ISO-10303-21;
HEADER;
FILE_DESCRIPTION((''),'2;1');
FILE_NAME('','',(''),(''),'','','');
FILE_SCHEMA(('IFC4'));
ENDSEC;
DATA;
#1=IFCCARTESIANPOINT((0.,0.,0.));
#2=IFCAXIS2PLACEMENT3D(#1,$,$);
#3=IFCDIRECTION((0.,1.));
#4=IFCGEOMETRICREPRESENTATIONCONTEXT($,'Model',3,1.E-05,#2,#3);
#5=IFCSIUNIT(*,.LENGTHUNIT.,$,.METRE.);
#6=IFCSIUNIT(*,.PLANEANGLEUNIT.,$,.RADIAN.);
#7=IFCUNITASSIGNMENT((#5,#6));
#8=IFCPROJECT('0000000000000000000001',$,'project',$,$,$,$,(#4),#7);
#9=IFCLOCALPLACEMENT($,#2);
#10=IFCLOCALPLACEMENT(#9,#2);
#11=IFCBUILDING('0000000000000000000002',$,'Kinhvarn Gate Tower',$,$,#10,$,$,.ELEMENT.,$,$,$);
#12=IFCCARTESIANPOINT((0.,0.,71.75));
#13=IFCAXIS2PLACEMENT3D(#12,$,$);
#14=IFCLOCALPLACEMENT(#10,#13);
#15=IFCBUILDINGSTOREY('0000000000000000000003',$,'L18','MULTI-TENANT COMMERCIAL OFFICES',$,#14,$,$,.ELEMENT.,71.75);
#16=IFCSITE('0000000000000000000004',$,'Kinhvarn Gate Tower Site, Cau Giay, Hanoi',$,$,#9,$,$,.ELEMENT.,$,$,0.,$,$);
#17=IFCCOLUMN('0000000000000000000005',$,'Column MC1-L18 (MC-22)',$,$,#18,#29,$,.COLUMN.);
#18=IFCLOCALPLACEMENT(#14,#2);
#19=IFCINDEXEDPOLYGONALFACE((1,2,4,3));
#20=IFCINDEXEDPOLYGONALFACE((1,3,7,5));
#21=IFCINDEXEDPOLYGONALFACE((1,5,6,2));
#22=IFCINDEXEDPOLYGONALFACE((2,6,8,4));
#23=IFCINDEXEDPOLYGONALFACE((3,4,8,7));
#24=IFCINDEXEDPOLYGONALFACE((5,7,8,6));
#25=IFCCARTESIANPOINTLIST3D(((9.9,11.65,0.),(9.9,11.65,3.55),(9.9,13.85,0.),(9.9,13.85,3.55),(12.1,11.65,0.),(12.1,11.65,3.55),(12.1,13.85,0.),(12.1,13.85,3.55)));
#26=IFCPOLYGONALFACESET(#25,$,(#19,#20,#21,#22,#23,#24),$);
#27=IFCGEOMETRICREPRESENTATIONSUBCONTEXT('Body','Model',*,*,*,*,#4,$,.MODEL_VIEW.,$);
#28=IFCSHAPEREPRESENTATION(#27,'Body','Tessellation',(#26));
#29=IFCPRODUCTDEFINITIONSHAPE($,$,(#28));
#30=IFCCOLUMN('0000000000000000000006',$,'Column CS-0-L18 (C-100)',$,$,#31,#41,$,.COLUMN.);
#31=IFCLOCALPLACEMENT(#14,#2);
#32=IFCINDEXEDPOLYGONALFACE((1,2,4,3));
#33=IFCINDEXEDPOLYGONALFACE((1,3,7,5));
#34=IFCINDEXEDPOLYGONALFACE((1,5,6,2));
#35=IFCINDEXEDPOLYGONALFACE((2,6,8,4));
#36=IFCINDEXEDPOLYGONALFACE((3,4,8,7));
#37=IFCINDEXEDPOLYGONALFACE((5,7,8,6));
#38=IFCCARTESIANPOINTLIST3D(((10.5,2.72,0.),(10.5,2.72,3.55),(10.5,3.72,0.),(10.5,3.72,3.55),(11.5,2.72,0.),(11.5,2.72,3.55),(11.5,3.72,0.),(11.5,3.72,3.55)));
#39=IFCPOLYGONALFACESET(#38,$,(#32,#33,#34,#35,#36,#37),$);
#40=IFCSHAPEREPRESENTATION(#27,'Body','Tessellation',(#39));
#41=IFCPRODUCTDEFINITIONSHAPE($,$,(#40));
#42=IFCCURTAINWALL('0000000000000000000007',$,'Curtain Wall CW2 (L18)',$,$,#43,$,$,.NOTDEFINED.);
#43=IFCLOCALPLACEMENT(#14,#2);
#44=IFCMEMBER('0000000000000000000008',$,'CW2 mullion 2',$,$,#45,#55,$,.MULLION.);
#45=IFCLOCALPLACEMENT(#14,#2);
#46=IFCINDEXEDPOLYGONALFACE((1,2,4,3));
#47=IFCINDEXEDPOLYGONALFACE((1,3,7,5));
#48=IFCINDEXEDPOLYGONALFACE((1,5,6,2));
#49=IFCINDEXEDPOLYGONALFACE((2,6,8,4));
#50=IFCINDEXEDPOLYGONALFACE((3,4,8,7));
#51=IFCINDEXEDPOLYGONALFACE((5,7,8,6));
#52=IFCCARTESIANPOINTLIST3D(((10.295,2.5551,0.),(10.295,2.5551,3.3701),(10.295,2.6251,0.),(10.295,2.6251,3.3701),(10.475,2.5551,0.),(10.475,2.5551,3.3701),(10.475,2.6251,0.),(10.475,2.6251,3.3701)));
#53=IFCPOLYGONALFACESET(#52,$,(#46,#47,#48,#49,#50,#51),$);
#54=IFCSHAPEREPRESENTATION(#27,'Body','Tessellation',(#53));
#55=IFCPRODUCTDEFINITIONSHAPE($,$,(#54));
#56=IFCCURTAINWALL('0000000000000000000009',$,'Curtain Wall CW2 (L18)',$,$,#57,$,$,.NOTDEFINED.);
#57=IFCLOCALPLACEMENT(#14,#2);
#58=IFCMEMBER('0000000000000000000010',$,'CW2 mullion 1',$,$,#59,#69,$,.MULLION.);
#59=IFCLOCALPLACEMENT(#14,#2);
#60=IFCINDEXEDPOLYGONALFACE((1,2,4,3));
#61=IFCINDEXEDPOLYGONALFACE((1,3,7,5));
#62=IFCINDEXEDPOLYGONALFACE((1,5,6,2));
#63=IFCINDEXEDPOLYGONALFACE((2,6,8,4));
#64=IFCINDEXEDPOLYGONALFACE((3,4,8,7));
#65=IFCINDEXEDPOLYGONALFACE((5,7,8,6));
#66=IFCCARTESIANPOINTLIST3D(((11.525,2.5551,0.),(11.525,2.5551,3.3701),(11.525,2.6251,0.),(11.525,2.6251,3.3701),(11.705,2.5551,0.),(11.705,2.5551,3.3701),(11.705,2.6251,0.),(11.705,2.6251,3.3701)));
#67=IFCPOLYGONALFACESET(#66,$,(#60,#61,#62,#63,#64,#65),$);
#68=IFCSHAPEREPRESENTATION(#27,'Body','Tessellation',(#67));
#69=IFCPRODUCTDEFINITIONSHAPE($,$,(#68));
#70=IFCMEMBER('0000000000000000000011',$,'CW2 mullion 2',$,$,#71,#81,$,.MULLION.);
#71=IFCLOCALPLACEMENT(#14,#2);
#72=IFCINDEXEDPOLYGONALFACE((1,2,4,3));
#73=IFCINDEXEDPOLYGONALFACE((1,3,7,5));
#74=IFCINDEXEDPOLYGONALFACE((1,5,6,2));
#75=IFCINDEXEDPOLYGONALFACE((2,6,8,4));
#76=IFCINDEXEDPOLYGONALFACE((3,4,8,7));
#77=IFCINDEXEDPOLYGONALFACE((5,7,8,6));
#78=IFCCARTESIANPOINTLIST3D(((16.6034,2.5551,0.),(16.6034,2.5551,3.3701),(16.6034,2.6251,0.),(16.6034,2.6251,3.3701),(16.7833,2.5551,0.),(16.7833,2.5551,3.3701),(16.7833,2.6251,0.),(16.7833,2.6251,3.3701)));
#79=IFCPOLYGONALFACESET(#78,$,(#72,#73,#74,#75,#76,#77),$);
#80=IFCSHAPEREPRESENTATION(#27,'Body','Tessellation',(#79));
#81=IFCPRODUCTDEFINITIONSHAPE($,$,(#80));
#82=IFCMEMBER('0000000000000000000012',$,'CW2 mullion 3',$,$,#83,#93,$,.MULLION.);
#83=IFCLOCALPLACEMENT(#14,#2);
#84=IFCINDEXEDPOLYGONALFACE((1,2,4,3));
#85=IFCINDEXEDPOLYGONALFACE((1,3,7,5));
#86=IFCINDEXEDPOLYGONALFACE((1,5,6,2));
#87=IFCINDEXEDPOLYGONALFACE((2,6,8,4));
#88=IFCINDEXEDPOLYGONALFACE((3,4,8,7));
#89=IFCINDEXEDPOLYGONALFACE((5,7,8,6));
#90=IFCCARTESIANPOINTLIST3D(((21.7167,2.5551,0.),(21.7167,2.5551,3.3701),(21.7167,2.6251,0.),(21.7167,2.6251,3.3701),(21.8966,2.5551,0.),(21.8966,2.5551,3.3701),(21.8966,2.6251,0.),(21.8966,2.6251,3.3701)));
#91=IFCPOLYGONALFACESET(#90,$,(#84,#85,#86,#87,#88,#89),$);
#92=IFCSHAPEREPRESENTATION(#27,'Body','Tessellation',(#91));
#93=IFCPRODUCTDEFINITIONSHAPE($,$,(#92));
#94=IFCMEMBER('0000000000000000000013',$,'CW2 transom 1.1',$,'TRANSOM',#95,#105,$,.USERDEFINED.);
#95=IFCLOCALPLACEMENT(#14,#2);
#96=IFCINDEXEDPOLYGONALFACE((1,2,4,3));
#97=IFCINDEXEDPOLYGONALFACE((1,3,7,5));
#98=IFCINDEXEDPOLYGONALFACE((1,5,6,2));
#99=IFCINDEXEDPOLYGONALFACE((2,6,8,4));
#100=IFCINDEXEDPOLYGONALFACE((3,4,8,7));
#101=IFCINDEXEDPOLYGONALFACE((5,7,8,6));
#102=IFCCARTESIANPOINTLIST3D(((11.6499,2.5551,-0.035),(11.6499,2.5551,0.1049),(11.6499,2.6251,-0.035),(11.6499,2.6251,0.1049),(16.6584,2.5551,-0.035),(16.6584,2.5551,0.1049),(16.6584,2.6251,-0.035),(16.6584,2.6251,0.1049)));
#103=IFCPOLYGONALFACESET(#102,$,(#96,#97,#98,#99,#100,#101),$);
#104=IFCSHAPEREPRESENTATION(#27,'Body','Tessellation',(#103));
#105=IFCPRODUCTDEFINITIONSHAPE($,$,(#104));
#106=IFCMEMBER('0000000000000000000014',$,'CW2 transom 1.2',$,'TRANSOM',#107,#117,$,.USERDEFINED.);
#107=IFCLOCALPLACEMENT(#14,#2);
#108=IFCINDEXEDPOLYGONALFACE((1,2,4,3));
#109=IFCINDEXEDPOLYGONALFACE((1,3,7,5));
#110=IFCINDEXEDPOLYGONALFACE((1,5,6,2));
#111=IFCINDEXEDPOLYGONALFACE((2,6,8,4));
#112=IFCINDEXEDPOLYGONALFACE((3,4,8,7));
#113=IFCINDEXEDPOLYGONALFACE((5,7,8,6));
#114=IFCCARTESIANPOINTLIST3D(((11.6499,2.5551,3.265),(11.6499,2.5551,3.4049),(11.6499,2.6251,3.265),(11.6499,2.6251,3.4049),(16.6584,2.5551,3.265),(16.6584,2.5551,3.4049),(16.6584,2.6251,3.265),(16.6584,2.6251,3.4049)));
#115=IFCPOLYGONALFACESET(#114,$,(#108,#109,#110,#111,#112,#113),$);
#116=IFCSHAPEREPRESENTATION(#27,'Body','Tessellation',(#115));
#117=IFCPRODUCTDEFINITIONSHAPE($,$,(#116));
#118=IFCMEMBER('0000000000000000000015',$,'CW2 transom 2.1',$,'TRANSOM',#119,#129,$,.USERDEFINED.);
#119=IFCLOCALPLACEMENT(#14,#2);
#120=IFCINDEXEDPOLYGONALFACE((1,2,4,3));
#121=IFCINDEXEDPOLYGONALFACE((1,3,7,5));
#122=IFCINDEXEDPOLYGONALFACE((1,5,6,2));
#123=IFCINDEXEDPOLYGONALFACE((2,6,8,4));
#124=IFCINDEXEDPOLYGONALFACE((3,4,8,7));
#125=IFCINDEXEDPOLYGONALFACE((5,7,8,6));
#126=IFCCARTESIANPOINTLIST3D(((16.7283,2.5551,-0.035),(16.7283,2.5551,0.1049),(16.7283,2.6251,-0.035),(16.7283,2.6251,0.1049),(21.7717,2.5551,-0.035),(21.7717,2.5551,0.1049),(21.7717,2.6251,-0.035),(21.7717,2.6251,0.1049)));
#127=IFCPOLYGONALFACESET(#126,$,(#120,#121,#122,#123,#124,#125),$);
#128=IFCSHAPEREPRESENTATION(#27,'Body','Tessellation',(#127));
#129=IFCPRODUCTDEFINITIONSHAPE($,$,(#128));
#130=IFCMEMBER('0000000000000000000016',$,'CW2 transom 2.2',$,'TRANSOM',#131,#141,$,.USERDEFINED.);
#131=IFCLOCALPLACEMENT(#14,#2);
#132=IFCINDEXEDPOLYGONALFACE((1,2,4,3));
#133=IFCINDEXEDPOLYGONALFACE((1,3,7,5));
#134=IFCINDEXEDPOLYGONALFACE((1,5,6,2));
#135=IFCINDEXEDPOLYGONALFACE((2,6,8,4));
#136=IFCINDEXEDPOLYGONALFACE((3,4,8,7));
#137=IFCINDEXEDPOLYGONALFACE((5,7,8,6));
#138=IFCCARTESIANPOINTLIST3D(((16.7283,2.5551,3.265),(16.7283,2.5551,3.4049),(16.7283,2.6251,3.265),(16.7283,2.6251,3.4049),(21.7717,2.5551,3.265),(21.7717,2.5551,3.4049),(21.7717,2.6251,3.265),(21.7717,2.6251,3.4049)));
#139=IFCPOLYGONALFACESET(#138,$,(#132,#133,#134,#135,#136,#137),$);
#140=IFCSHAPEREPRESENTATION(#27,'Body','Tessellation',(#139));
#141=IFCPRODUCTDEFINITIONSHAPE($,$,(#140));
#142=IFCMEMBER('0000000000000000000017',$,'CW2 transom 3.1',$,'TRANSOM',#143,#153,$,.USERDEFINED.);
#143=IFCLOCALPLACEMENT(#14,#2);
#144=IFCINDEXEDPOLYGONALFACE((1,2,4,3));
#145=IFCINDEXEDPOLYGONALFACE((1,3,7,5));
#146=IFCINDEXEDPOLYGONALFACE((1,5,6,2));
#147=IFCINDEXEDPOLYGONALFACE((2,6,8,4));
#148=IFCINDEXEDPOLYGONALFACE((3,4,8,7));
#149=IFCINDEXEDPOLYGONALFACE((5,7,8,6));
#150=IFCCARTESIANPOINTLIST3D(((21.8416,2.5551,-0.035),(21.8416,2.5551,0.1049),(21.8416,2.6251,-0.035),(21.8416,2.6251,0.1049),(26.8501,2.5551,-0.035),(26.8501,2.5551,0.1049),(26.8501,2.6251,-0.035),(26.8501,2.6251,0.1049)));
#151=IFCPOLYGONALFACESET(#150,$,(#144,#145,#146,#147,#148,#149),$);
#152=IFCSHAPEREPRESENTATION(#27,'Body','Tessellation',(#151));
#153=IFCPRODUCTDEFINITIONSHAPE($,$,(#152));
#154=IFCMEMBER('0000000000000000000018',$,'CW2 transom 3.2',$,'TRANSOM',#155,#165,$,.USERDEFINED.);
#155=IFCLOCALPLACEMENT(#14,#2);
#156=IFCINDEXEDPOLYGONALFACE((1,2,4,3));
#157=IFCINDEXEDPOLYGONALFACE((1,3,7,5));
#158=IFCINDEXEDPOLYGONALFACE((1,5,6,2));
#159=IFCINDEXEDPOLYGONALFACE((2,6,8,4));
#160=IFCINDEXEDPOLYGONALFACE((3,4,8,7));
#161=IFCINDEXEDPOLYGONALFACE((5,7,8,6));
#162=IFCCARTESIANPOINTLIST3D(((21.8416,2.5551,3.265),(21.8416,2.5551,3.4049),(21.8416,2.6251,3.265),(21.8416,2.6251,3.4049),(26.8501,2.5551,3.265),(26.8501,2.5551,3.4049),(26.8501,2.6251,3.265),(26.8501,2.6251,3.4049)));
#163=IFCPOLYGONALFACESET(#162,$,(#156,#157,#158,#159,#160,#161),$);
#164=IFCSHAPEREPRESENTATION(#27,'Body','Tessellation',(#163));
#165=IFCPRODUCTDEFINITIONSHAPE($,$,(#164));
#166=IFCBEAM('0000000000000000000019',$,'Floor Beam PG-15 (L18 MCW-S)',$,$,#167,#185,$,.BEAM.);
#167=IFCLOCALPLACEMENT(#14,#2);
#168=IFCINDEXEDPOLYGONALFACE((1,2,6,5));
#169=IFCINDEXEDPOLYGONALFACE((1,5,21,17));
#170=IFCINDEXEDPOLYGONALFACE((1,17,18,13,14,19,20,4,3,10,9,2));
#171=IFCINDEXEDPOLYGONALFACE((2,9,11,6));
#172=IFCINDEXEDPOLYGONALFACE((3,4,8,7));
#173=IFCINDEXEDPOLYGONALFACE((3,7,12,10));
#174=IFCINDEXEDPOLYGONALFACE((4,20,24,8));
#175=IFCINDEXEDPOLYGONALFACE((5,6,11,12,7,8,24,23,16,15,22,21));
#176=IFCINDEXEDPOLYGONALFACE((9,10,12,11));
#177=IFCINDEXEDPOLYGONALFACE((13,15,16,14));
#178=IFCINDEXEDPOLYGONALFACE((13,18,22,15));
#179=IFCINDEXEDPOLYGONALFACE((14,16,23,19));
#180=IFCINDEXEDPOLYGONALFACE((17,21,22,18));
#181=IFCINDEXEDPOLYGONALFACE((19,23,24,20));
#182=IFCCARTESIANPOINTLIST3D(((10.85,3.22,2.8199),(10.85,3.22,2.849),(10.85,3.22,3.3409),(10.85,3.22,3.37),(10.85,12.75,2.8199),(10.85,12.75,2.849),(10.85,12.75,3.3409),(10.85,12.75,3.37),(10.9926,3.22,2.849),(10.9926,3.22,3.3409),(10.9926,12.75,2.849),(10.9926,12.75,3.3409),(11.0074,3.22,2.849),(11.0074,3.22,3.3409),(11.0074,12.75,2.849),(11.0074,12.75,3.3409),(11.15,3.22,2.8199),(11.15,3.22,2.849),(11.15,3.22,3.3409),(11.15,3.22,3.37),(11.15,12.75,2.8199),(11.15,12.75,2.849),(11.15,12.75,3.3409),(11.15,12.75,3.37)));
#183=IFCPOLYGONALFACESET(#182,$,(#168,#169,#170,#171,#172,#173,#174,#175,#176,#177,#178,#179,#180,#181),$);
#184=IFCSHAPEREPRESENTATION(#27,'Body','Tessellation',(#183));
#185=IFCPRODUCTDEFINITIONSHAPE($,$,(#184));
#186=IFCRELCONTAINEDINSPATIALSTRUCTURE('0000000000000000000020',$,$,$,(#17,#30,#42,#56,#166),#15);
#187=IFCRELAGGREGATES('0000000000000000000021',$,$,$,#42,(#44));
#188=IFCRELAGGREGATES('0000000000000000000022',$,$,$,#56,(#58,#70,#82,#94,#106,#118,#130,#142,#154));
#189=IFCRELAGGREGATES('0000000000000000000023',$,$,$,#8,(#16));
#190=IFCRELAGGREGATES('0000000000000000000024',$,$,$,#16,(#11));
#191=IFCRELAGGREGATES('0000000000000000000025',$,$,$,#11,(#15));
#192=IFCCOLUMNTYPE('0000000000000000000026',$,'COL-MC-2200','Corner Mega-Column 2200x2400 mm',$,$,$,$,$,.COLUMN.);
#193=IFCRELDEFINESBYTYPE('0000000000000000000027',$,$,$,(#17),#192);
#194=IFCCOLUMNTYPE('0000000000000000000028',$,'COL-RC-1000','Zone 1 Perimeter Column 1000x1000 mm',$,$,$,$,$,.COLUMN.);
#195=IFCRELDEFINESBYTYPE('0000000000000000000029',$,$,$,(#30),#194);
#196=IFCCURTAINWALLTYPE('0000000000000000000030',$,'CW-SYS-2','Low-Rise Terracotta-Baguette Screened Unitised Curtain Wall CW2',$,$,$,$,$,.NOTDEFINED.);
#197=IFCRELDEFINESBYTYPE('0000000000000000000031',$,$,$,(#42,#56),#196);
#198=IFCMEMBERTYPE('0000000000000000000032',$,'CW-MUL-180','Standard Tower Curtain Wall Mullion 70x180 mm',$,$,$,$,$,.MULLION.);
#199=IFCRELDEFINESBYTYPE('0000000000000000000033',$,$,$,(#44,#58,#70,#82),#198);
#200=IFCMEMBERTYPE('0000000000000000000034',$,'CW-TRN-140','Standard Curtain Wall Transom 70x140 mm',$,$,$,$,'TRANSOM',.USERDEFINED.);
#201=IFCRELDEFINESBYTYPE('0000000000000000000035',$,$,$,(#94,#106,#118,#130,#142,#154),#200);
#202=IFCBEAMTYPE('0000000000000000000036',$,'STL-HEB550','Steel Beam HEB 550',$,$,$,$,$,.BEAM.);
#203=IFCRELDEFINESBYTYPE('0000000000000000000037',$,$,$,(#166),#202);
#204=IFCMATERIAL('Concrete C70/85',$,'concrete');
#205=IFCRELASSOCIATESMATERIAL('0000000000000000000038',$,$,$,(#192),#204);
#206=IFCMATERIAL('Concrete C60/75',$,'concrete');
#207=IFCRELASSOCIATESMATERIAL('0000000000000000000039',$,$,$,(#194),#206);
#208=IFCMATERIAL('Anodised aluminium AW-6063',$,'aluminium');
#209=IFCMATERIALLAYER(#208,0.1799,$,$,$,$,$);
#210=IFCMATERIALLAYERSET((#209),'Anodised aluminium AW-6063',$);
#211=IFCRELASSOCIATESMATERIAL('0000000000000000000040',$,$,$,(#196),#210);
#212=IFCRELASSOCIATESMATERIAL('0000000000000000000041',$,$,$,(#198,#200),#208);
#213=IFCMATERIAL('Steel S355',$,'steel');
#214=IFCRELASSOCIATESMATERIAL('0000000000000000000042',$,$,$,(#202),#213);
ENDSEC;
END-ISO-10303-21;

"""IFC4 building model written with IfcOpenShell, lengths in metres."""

from ifc_helpers import new_model, si_unit, direction, frame, origin, origin_2d, place, context, subcontext, project, spatial, rectangle, i_section, extrude, material, layer, layer_set, material_profile, profile_set, type_object, element, aggregate, save


model = new_model("IFC4")

# Units and contexts
model_context = context("Model", 3, precision=1e-05, world=origin(), true_north=direction((0.0, 1.0)))
body_context = subcontext(model_context, "Body", "Model", "MODEL_VIEW")
ifc_project = project(units=[si_unit("LENGTHUNIT", "METRE"), si_unit("PLANEANGLEUNIT", "RADIAN")], contexts=[model_context])

# Site, building, storey
site_placement = place(None, origin())
site = spatial("IfcSite", under=ifc_project, at=site_placement, Name="Kinhvarn Gate Tower Site, Cau Giay, Hanoi", CompositionType="ELEMENT", RefElevation=0.0)
building_placement = place(site_placement, origin())
building = spatial("IfcBuilding", under=site, at=building_placement, Name="Kinhvarn Gate Tower", CompositionType="ELEMENT")
storey_placement = place(building_placement, frame((0.0, 0.0, 71.75)))
storey = spatial("IfcBuildingStorey", under=building, at=storey_placement, Name="L18", Description="MULTI-TENANT COMMERCIAL OFFICES", CompositionType="ELEMENT", Elevation=71.75)

# Columns
ifc_material_1 = material(Name="Concrete C70/85", Category="concrete")
ifc_material_profile_1 = material_profile(ifc_material_1, rectangle(XDim=2.2, YDim=2.2, at=origin_2d()), Name="RC 2200x2200")
ifc_profile_set_1 = profile_set([ifc_material_profile_1], Name="Concrete C70/85")
column_type_1 = type_object("IfcColumnType", Name="COL-MC-2200", Description="Corner Mega-Column 2200x2400 mm", PredefinedType="COLUMN", material=ifc_profile_set_1)
column_1_placement = place(storey_placement, frame((11.0, 12.75, 0.0), z_axis=(0.0, 0.0, 1.0), x_axis=(1.0, 0.0, 0.0)))
element("IfcColumn", 1, at=column_1_placement, inside=storey, type_object=column_type_1, Name="Column MC1-L18 (MC-22)", PredefinedType="COLUMN", context=body_context, shape_type="SweptSolid", body=[
    extrude(rectangle(XDim=2.2, YDim=2.2, at=origin_2d()), origin(), (0.0, 0.0, 1.0), 3.55),
])
ifc_material_2 = material(Name="Concrete C60/75", Category="concrete")
ifc_material_profile_2 = material_profile(ifc_material_2, rectangle(XDim=1.0, YDim=1.0, at=origin_2d()), Name="RC 1000x1000")
ifc_profile_set_2 = profile_set([ifc_material_profile_2], Name="Concrete C60/75")
column_type_2 = type_object("IfcColumnType", Name="COL-RC-1000", Description="Zone 1 Perimeter Column 1000x1000 mm", PredefinedType="COLUMN", material=ifc_profile_set_2)
column_2_placement = place(storey_placement, frame((11.0, 3.22, 0.0), z_axis=(0.0, 0.0, 1.0), x_axis=(1.0, 0.0, 0.0)))
element("IfcColumn", 2, at=column_2_placement, inside=storey, type_object=column_type_2, Name="Column CS-0-L18 (C-100)", PredefinedType="COLUMN", context=body_context, shape_type="SweptSolid", body=[
    extrude(rectangle(XDim=1.0, YDim=1.0, at=origin_2d()), origin(), (0.0, 0.0, 1.0), 3.55),
])

# Curtain wall, member
ifc_material_3 = material(Name="Anodised aluminium AW-6063", Category="aluminium")
ifc_layer_1 = layer(ifc_material_3, 0.1799)
ifc_layer_set_1 = layer_set([ifc_layer_1], Name="Anodised aluminium AW-6063")
curtain_wall_type = type_object("IfcCurtainWallType", Name="CW-SYS-2", Description="Low-Rise Terracotta-Baguette Screened Unitised Curtain Wall CW2", PredefinedType="NOTDEFINED", material=ifc_layer_set_1)
curtain_wall_1_placement = place(storey_placement, origin())
curtain_wall_1 = element("IfcCurtainWall", 3, at=curtain_wall_1_placement, inside=storey, type_object=curtain_wall_type, Name="Curtain Wall CW2 (L18)", PredefinedType="NOTDEFINED")
ifc_material_profile_3 = material_profile(ifc_material_3, rectangle(XDim=0.0701, YDim=0.1799, at=origin_2d()), Name="ALU 70x180")
ifc_profile_set_3 = profile_set([ifc_material_profile_3], Name="Anodised aluminium AW-6063")
member_type_1 = type_object("IfcMemberType", Name="CW-MUL-180", Description="Standard Tower Curtain Wall Mullion 70x180 mm", PredefinedType="MULLION", material=ifc_profile_set_3)
member_1_placement = place(storey_placement, frame((10.385, 2.5901, 0.0), z_axis=(0.0, 0.0, 1.0), x_axis=(0.0, 1.0, 0.0)))
member_1 = element("IfcMember", 4, at=member_1_placement, type_object=member_type_1, Name="CW2 mullion 2", PredefinedType="MULLION", context=body_context, shape_type="SweptSolid", body=[
    extrude(rectangle(XDim=0.0701, YDim=0.1799, at=origin_2d()), origin(), (0.0, 0.0, 1.0), 3.3701),
])
aggregate(curtain_wall_1, [member_1])

# Curtain wall, members
curtain_wall_2_placement = place(storey_placement, origin())
curtain_wall_2 = element("IfcCurtainWall", 5, at=curtain_wall_2_placement, inside=storey, type_object=curtain_wall_type, Name="Curtain Wall CW2 (L18)", PredefinedType="NOTDEFINED")
member_2_placement = place(storey_placement, frame((11.615, 2.5901, 0.0), z_axis=(0.0, 0.0, 1.0), x_axis=(0.0, 1.0, 0.0)))
member_2 = element("IfcMember", 6, at=member_2_placement, type_object=member_type_1, Name="CW2 mullion 1", PredefinedType="MULLION", context=body_context, shape_type="SweptSolid", body=[
    extrude(rectangle(XDim=0.0701, YDim=0.1799, at=origin_2d()), origin(), (0.0, 0.0, 1.0), 3.3701),
])
member_3_placement = place(storey_placement, frame((16.6934, 2.5901, 0.0), z_axis=(0.0, 0.0, 1.0), x_axis=(0.0, 1.0, 0.0)))
member_3 = element("IfcMember", 7, at=member_3_placement, type_object=member_type_1, Name="CW2 mullion 2", PredefinedType="MULLION", context=body_context, shape_type="SweptSolid", body=[
    extrude(rectangle(XDim=0.0701, YDim=0.1799, at=origin_2d()), origin(), (0.0, 0.0, 1.0), 3.3701),
])
member_4_placement = place(storey_placement, frame((21.8066, 2.5901, 0.0), z_axis=(0.0, 0.0, 1.0), x_axis=(0.0, 1.0, 0.0)))
member_4 = element("IfcMember", 8, at=member_4_placement, type_object=member_type_1, Name="CW2 mullion 3", PredefinedType="MULLION", context=body_context, shape_type="SweptSolid", body=[
    extrude(rectangle(XDim=0.0701, YDim=0.1799, at=origin_2d()), origin(), (0.0, 0.0, 1.0), 3.3701),
])
ifc_material_profile_4 = material_profile(ifc_material_3, rectangle(XDim=0.0701, YDim=0.1399, at=origin_2d()), Name="ALU 70x140")
ifc_profile_set_4 = profile_set([ifc_material_profile_4], Name="Anodised aluminium AW-6063")
member_type_2 = type_object("IfcMemberType", Name="CW-TRN-140", Description="Standard Curtain Wall Transom 70x140 mm", ElementType="TRANSOM", PredefinedType="USERDEFINED", material=ifc_profile_set_4)
member_5_placement = place(storey_placement, frame((11.6499, 2.5901, 0.0349), z_axis=(1.0, 0.0, 0.0), x_axis=(0.0, 1.0, 0.0)))
member_5 = element("IfcMember", 9, at=member_5_placement, type_object=member_type_2, Name="CW2 transom 1.1", ObjectType="TRANSOM", PredefinedType="USERDEFINED", context=body_context, shape_type="SweptSolid", body=[
    extrude(rectangle(XDim=0.0701, YDim=0.1399, at=origin_2d()), origin(), (0.0, 0.0, 1.0), 5.0085),
])
member_6_placement = place(storey_placement, frame((11.6499, 2.5901, 3.335), z_axis=(1.0, 0.0, 0.0), x_axis=(0.0, 1.0, 0.0)))
member_6 = element("IfcMember", 10, at=member_6_placement, type_object=member_type_2, Name="CW2 transom 1.2", ObjectType="TRANSOM", PredefinedType="USERDEFINED", context=body_context, shape_type="SweptSolid", body=[
    extrude(rectangle(XDim=0.0701, YDim=0.1399, at=origin_2d()), origin(), (0.0, 0.0, 1.0), 5.0085),
])
member_7_placement = place(storey_placement, frame((16.7283, 2.5901, 0.0349), z_axis=(1.0, 0.0, 0.0), x_axis=(0.0, 1.0, 0.0)))
member_7 = element("IfcMember", 11, at=member_7_placement, type_object=member_type_2, Name="CW2 transom 2.1", ObjectType="TRANSOM", PredefinedType="USERDEFINED", context=body_context, shape_type="SweptSolid", body=[
    extrude(rectangle(XDim=0.0701, YDim=0.1399, at=origin_2d()), origin(), (0.0, 0.0, 1.0), 5.0435),
])
member_8_placement = place(storey_placement, frame((16.7283, 2.5901, 3.335), z_axis=(1.0, 0.0, 0.0), x_axis=(0.0, 1.0, 0.0)))
member_8 = element("IfcMember", 12, at=member_8_placement, type_object=member_type_2, Name="CW2 transom 2.2", ObjectType="TRANSOM", PredefinedType="USERDEFINED", context=body_context, shape_type="SweptSolid", body=[
    extrude(rectangle(XDim=0.0701, YDim=0.1399, at=origin_2d()), origin(), (0.0, 0.0, 1.0), 5.0435),
])
member_9_placement = place(storey_placement, frame((21.8416, 2.5901, 0.0349), z_axis=(1.0, 0.0, 0.0), x_axis=(0.0, 1.0, 0.0)))
member_9 = element("IfcMember", 13, at=member_9_placement, type_object=member_type_2, Name="CW2 transom 3.1", ObjectType="TRANSOM", PredefinedType="USERDEFINED", context=body_context, shape_type="SweptSolid", body=[
    extrude(rectangle(XDim=0.0701, YDim=0.1399, at=origin_2d()), origin(), (0.0, 0.0, 1.0), 5.0085),
])
member_10_placement = place(storey_placement, frame((21.8416, 2.5901, 3.335), z_axis=(1.0, 0.0, 0.0), x_axis=(0.0, 1.0, 0.0)))
member_10 = element("IfcMember", 14, at=member_10_placement, type_object=member_type_2, Name="CW2 transom 3.2", ObjectType="TRANSOM", PredefinedType="USERDEFINED", context=body_context, shape_type="SweptSolid", body=[
    extrude(rectangle(XDim=0.0701, YDim=0.1399, at=origin_2d()), origin(), (0.0, 0.0, 1.0), 5.0085),
])

# Beam
ifc_material_4 = material(Name="Steel S355", Category="steel")
ifc_material_profile_5 = material_profile(ifc_material_4, i_section(OverallWidth=0.3, OverallDepth=0.55, WebThickness=0.0149, FlangeThickness=0.0291, at=origin_2d()), Name="HEB 550")
ifc_profile_set_5 = profile_set([ifc_material_profile_5], Name="Steel S355")
beam_type_1 = type_object("IfcBeamType", Name="STL-HEB550", Description="Steel Beam HEB 550", PredefinedType="BEAM", material=ifc_profile_set_5)
beam_1_placement = place(storey_placement, frame((11.0, 3.22, 3.095), z_axis=(0.0, 1.0, 0.0), x_axis=(-1.0, 0.0, 0.0)))
element("IfcBeam", 15, at=beam_1_placement, inside=storey, type_object=beam_type_1, Name="Floor Beam PG-15 (L18 MCW-S)", PredefinedType="BEAM", context=body_context, shape_type="SweptSolid", body=[
    extrude(i_section(OverallWidth=0.3, OverallDepth=0.55, WebThickness=0.0149, FlangeThickness=0.0291, at=origin_2d()), origin(), (0.0, 0.0, 1.0), 9.53),
])

aggregate(curtain_wall_2, [member_2, member_3, member_4, member_5, member_6, member_7, member_8, member_9, member_10])

save(model, "model.ifc")
